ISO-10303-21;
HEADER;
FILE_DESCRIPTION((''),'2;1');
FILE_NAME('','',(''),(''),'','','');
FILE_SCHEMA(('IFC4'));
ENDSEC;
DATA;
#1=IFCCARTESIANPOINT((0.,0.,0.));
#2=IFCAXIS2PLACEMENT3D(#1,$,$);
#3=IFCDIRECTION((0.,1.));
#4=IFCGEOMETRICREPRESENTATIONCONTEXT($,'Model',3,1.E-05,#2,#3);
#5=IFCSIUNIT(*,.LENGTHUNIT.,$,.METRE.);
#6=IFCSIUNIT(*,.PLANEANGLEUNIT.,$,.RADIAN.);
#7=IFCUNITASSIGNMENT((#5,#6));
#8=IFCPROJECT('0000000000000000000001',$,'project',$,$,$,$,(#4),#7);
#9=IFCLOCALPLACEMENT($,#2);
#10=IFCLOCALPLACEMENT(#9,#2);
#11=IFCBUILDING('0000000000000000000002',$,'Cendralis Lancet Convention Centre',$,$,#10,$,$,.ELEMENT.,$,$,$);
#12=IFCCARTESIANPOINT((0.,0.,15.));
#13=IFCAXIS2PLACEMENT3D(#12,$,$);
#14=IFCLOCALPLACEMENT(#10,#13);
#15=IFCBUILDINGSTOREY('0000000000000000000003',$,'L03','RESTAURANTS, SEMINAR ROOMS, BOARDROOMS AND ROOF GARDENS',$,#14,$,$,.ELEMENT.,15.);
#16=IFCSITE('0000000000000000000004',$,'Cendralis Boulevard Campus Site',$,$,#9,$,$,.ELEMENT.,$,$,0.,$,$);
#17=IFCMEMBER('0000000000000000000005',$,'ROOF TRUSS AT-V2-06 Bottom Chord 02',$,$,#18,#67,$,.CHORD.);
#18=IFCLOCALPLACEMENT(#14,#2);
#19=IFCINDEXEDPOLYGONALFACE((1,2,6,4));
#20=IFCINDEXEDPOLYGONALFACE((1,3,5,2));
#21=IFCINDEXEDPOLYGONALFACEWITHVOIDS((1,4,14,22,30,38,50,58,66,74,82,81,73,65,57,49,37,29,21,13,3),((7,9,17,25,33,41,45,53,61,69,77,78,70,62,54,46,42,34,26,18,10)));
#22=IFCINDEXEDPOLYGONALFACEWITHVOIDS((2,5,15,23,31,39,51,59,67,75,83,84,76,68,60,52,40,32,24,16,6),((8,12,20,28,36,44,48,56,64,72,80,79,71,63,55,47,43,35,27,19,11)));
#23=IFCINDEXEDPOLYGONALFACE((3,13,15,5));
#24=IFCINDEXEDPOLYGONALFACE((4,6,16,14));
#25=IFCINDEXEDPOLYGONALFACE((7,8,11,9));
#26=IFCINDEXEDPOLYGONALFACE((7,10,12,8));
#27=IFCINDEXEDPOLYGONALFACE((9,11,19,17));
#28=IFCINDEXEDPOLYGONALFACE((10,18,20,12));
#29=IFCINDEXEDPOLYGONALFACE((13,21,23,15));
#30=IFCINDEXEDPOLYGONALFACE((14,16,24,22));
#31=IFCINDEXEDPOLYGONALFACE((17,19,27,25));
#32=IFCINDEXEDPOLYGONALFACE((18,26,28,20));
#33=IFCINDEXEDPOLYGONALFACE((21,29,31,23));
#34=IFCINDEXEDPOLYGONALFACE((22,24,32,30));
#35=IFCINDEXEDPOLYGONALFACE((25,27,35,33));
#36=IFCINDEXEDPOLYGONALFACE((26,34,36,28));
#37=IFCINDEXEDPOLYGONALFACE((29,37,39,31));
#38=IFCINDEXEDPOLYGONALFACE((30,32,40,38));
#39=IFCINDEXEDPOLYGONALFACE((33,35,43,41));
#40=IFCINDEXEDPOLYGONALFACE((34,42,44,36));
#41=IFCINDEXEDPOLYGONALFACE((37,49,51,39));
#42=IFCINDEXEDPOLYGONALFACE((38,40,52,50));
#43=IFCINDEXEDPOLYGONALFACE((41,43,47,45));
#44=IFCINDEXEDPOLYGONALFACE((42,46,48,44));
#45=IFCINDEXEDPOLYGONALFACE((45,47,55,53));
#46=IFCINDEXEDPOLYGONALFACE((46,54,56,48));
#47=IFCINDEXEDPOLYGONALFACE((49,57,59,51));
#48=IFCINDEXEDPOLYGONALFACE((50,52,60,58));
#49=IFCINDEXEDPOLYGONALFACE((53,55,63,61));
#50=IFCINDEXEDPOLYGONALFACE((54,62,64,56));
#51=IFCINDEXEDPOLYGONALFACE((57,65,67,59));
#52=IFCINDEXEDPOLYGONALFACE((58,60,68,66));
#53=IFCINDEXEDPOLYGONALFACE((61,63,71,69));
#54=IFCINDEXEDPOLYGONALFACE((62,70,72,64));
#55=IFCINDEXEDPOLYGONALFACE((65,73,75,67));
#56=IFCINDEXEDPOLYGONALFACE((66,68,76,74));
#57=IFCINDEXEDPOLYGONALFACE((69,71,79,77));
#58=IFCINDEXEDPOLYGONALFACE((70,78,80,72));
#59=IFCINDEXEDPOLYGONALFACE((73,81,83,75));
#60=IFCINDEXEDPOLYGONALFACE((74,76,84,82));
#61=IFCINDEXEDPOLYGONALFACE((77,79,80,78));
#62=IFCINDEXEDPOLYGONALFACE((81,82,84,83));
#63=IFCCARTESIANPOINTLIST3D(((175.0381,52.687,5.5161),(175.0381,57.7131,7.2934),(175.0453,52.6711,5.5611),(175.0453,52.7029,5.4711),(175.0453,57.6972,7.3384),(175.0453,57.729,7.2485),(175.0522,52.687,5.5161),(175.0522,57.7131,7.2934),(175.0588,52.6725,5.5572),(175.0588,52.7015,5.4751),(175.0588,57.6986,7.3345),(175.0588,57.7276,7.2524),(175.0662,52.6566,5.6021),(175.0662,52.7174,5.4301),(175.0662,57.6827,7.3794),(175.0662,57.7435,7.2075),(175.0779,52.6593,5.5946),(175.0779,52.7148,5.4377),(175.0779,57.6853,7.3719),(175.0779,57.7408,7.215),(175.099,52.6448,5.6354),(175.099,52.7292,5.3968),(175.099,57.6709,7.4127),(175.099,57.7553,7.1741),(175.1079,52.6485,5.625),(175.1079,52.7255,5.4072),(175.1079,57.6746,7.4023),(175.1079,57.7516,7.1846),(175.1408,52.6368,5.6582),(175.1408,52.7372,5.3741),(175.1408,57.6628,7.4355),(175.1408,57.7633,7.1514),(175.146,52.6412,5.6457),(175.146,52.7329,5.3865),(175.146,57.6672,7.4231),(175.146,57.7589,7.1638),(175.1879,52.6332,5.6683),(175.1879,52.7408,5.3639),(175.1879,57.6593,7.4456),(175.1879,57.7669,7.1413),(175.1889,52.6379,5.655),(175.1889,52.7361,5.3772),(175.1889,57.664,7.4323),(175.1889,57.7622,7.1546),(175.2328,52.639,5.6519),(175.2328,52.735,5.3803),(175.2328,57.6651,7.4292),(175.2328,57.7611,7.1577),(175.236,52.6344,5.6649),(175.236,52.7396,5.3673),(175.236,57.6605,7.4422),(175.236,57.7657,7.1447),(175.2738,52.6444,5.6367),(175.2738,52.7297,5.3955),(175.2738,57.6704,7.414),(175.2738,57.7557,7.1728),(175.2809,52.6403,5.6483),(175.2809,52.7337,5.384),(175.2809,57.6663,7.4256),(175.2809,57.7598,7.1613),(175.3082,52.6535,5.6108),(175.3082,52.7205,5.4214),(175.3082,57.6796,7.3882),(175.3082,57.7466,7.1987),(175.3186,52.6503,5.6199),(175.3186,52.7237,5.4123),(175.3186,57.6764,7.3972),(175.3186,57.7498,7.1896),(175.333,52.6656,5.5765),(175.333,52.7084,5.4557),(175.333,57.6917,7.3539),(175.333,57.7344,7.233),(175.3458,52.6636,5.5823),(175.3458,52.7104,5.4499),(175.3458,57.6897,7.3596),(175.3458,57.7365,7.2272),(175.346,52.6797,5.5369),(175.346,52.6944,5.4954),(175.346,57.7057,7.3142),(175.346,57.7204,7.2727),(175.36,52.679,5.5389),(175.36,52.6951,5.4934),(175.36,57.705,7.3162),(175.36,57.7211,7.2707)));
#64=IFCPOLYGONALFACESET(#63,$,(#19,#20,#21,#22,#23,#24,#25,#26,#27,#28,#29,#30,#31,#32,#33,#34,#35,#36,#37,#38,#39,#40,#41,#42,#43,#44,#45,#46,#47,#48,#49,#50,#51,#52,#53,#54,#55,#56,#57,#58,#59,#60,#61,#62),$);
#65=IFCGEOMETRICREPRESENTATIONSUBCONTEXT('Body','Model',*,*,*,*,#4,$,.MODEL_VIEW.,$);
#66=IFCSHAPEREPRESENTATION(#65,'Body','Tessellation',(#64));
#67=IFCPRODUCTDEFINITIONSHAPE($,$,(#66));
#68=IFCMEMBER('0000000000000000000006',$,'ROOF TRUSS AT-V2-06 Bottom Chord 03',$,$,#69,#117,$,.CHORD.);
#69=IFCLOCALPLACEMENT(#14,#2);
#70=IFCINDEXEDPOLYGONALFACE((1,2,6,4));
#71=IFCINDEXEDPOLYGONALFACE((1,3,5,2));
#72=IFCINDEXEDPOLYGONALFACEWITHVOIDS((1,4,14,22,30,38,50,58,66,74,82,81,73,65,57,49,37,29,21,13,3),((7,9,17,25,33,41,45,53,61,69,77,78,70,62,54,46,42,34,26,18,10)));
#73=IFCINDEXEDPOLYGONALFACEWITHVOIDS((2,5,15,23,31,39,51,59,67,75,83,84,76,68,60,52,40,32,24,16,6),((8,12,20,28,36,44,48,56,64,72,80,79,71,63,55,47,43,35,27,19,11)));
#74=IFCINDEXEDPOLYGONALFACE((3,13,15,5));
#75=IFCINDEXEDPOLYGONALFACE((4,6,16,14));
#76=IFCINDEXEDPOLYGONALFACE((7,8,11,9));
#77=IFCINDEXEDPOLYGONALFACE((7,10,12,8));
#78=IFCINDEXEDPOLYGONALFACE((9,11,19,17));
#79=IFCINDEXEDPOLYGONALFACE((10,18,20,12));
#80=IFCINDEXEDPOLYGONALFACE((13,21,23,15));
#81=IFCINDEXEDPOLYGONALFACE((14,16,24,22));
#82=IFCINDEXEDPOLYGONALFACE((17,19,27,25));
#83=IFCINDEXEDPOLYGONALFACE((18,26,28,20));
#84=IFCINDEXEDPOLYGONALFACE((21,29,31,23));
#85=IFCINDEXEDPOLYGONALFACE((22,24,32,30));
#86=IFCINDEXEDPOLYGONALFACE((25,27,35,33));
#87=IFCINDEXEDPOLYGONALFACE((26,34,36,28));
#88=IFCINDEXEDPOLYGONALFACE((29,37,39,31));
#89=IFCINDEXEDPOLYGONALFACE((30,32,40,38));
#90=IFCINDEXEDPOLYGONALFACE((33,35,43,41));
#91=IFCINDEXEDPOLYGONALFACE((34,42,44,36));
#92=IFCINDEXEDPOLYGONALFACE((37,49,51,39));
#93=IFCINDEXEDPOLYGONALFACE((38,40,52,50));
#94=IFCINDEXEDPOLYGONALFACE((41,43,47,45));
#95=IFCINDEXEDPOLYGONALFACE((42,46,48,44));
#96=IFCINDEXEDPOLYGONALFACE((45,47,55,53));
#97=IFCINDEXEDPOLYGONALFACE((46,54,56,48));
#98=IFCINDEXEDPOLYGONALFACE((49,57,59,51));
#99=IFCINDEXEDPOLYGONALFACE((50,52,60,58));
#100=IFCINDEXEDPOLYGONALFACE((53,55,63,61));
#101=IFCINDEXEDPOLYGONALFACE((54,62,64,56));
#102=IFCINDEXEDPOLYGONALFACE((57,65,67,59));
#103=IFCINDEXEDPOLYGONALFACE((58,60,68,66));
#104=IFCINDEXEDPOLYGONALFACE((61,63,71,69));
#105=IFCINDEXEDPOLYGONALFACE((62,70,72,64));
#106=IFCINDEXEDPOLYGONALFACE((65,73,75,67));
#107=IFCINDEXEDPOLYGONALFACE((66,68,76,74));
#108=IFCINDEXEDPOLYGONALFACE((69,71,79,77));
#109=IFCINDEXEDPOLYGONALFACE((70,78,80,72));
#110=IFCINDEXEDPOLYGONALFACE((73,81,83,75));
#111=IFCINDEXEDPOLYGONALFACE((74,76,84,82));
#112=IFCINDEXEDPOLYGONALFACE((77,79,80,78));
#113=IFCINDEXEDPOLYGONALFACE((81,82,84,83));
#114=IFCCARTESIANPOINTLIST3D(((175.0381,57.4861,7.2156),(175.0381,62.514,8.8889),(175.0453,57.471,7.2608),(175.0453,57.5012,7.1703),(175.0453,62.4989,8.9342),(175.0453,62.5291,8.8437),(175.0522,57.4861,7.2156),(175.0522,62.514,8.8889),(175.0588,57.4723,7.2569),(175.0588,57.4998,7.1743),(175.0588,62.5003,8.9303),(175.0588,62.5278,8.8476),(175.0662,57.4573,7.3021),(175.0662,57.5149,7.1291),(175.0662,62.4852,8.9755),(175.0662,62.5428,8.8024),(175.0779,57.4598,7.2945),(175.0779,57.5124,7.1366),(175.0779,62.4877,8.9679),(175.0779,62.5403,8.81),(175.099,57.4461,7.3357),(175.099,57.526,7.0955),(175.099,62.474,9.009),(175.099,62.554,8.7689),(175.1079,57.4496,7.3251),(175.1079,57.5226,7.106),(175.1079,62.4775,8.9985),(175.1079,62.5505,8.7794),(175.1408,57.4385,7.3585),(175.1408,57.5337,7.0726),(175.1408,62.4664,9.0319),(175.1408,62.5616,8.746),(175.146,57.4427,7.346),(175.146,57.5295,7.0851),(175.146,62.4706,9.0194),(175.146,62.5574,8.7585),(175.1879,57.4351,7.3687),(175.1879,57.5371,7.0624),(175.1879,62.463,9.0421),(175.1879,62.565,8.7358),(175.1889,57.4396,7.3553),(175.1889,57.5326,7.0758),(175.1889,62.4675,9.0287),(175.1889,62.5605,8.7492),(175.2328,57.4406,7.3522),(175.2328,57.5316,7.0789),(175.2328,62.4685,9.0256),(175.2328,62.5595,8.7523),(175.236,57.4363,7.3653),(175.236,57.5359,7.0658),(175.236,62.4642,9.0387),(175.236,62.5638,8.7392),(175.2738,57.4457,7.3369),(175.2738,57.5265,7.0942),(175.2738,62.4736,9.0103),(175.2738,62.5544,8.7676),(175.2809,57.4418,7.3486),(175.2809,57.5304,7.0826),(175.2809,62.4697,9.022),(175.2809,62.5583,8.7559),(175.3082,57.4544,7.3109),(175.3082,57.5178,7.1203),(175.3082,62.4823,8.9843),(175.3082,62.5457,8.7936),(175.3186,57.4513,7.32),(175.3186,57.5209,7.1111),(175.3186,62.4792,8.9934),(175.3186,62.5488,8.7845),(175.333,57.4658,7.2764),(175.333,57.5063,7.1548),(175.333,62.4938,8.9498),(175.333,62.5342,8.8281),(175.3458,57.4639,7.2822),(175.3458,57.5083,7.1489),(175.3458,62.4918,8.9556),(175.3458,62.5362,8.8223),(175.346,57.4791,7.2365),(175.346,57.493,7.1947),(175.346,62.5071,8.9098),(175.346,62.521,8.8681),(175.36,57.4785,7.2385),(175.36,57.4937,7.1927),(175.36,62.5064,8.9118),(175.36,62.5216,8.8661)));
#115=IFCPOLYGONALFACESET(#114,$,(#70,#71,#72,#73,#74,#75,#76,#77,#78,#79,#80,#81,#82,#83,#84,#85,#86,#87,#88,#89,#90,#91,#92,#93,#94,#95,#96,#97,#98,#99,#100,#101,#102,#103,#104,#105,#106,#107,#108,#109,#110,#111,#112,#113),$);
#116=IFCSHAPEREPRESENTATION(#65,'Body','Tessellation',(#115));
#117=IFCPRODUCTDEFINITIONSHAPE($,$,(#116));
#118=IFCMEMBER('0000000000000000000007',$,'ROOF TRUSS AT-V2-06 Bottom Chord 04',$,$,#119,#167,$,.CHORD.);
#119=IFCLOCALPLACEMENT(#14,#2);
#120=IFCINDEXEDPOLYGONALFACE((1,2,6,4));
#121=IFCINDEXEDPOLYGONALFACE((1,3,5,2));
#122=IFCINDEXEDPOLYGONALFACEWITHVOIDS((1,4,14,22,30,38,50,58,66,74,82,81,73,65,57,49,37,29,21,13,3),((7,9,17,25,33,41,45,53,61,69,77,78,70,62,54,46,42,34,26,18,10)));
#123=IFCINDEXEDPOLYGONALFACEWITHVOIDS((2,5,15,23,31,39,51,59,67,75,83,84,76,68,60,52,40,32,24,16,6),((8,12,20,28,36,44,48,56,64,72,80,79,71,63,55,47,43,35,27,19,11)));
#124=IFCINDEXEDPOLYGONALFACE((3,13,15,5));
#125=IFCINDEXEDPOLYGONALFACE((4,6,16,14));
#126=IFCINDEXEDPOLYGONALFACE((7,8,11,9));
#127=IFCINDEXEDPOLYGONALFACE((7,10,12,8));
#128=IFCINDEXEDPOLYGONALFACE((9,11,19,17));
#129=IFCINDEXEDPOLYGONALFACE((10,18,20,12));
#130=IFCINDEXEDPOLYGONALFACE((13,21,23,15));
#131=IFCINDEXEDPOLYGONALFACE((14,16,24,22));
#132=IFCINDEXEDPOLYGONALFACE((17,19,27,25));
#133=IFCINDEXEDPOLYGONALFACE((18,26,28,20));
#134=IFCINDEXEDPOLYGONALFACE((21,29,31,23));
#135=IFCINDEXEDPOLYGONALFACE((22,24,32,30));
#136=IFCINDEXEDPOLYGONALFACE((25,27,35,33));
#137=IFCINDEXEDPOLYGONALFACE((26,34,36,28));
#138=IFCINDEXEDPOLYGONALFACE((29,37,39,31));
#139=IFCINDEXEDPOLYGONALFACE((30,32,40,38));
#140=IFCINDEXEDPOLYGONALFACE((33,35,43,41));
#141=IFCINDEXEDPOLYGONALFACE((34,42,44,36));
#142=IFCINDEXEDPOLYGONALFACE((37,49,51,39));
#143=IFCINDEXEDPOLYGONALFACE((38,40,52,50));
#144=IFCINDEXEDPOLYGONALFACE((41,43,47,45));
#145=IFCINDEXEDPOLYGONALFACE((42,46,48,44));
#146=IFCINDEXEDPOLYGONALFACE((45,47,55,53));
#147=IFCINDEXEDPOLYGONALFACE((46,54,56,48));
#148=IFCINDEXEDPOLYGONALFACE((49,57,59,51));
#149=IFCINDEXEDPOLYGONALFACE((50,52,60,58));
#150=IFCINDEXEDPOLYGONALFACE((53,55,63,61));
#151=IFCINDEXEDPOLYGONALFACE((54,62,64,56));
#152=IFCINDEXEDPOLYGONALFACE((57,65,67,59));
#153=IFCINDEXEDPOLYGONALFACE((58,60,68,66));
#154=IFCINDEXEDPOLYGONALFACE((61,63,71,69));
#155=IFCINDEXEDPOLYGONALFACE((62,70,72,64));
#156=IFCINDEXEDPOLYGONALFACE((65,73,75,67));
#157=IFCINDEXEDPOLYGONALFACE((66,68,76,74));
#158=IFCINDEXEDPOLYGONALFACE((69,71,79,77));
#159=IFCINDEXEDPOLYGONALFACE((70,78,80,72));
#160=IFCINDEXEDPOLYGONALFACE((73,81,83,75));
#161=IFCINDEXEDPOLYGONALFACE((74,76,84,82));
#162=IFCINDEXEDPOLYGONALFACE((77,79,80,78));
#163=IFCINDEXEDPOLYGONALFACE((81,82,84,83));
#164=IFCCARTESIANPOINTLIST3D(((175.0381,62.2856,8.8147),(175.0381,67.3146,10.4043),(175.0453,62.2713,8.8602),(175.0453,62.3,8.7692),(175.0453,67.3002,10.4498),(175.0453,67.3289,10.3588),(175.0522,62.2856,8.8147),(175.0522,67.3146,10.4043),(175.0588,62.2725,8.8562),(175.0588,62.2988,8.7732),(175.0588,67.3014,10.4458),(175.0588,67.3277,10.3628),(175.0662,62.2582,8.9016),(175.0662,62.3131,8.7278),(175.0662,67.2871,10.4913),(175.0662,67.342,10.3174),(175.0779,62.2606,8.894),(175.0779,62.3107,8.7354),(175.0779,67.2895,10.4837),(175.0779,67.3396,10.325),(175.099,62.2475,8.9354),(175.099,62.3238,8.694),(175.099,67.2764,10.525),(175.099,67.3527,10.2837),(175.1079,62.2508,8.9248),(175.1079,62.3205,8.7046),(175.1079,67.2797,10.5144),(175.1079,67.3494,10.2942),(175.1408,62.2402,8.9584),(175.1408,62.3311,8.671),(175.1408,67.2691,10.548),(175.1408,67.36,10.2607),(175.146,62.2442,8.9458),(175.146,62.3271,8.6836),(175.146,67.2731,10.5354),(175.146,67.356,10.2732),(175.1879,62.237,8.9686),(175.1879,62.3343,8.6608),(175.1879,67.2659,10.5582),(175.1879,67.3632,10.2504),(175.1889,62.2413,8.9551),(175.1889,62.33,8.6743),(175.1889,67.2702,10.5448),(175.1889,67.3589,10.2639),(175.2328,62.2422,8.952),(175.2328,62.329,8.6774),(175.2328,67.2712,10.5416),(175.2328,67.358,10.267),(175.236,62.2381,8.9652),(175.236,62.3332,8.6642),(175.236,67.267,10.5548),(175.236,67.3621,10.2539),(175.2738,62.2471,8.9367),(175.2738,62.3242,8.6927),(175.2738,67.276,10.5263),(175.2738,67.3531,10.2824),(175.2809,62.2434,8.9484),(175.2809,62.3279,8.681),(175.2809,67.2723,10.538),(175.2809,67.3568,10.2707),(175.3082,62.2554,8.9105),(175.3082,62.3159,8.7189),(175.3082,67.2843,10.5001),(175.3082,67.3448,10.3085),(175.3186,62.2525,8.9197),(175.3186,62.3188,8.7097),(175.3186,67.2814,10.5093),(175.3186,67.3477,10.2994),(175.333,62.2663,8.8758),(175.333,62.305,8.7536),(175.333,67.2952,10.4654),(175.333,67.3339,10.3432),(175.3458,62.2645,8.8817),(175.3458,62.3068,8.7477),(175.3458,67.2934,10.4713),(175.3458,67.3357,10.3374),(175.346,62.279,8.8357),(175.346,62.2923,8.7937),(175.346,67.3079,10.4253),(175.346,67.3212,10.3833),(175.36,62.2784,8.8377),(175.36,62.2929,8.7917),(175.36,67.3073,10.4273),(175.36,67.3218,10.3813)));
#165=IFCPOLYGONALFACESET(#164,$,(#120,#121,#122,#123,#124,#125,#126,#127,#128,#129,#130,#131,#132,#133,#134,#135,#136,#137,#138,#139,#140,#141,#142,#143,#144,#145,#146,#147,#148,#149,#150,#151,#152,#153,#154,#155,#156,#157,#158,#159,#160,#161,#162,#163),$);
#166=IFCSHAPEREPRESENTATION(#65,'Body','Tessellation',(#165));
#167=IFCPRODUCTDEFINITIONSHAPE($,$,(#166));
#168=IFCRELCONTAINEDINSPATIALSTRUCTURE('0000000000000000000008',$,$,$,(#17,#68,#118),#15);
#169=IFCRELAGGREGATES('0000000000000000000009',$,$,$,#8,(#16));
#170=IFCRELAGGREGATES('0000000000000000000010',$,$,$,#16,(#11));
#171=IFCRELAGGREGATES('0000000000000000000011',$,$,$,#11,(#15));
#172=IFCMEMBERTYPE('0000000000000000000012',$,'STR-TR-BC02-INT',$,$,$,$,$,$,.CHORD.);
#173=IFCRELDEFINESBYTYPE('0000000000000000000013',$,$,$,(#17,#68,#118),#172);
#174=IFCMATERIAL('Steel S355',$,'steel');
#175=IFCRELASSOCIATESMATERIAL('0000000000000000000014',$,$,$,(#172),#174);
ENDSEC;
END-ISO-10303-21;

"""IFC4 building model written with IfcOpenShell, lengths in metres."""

from ifc_helpers import new_model, si_unit, direction, frame, origin, origin_2d, place, context, subcontext, project, spatial, hollow_circle, extrude, material, material_profile, profile_set, type_object, element, save


model = new_model("IFC4")

# Units and contexts
model_context = context("Model", 3, precision=1e-05, world=origin(), true_north=direction((0.0, 1.0)))
body_context = subcontext(model_context, "Body", "Model", "MODEL_VIEW")
ifc_project = project(units=[si_unit("LENGTHUNIT", "METRE"), si_unit("PLANEANGLEUNIT", "RADIAN")], contexts=[model_context])

# Site, building, storey
site_placement = place(None, origin())
site = spatial("IfcSite", under=ifc_project, at=site_placement, Name="Cendralis Boulevard Campus Site", CompositionType="ELEMENT", RefElevation=0.0)
building_placement = place(site_placement, origin())
building = spatial("IfcBuilding", under=site, at=building_placement, Name="Cendralis Lancet Convention Centre", CompositionType="ELEMENT")
storey_placement = place(building_placement, frame((0.0, 0.0, 15.0)))
storey = spatial("IfcBuildingStorey", under=building, at=storey_placement, Name="L03", Description="RESTAURANTS, SEMINAR ROOMS, BOARDROOMS AND ROOF GARDENS", CompositionType="ELEMENT", Elevation=15.0)

# Members
ifc_material = material(Name="Steel S355", Category="steel")
ifc_material_profile_1 = material_profile(ifc_material, hollow_circle(Radius=0.1619, WallThickness=0.0142, at=origin_2d()), Name="CHS 323.9x14.2")
ifc_profile_set_1 = profile_set([ifc_material_profile_1], Name="Steel S355")
member_type_1 = type_object("IfcMemberType", Name="STR-TR-BC02-INT", PredefinedType="CHORD", material=ifc_profile_set_1)
member_1_placement = place(storey_placement, frame((175.2, 52.687, 5.5161), z_axis=(0.0, 0.942789, 0.33339), x_axis=(-1.0, 0.0, 0.0)))
element("IfcMember", 1, at=member_1_placement, inside=storey, type_object=member_type_1, Name="ROOF TRUSS AT-V2-06 Bottom Chord 02", PredefinedType="CHORD", context=body_context, shape_type="SweptSolid", body=[
    extrude(hollow_circle(Radius=0.1619, WallThickness=0.0142, at=origin_2d()), origin(), (0.0, 0.0, 1.0), 5.3311),
])
member_2_placement = place(storey_placement, frame((175.2, 57.4861, 7.2156), z_axis=(0.0, 0.948831, 0.315785), x_axis=(-1.0, 0.0, 0.0)))
element("IfcMember", 2, at=member_2_placement, inside=storey, type_object=member_type_1, Name="ROOF TRUSS AT-V2-06 Bottom Chord 03", PredefinedType="CHORD", context=body_context, shape_type="SweptSolid", body=[
    extrude(hollow_circle(Radius=0.1619, WallThickness=0.0142, at=origin_2d()), origin(), (0.0, 0.0, 1.0), 5.2991),
])
member_3_placement = place(storey_placement, frame((175.2, 62.2856, 8.8147), z_axis=(0.0, 0.953498, 0.301399), x_axis=(-1.0, 0.0, 0.0)))
element("IfcMember", 3, at=member_3_placement, inside=storey, type_object=member_type_1, Name="ROOF TRUSS AT-V2-06 Bottom Chord 04", PredefinedType="CHORD", context=body_context, shape_type="SweptSolid", body=[
    extrude(hollow_circle(Radius=0.1619, WallThickness=0.0142, at=origin_2d()), origin(), (0.0, 0.0, 1.0), 5.2742),
])

save(model, "model.ifc")
